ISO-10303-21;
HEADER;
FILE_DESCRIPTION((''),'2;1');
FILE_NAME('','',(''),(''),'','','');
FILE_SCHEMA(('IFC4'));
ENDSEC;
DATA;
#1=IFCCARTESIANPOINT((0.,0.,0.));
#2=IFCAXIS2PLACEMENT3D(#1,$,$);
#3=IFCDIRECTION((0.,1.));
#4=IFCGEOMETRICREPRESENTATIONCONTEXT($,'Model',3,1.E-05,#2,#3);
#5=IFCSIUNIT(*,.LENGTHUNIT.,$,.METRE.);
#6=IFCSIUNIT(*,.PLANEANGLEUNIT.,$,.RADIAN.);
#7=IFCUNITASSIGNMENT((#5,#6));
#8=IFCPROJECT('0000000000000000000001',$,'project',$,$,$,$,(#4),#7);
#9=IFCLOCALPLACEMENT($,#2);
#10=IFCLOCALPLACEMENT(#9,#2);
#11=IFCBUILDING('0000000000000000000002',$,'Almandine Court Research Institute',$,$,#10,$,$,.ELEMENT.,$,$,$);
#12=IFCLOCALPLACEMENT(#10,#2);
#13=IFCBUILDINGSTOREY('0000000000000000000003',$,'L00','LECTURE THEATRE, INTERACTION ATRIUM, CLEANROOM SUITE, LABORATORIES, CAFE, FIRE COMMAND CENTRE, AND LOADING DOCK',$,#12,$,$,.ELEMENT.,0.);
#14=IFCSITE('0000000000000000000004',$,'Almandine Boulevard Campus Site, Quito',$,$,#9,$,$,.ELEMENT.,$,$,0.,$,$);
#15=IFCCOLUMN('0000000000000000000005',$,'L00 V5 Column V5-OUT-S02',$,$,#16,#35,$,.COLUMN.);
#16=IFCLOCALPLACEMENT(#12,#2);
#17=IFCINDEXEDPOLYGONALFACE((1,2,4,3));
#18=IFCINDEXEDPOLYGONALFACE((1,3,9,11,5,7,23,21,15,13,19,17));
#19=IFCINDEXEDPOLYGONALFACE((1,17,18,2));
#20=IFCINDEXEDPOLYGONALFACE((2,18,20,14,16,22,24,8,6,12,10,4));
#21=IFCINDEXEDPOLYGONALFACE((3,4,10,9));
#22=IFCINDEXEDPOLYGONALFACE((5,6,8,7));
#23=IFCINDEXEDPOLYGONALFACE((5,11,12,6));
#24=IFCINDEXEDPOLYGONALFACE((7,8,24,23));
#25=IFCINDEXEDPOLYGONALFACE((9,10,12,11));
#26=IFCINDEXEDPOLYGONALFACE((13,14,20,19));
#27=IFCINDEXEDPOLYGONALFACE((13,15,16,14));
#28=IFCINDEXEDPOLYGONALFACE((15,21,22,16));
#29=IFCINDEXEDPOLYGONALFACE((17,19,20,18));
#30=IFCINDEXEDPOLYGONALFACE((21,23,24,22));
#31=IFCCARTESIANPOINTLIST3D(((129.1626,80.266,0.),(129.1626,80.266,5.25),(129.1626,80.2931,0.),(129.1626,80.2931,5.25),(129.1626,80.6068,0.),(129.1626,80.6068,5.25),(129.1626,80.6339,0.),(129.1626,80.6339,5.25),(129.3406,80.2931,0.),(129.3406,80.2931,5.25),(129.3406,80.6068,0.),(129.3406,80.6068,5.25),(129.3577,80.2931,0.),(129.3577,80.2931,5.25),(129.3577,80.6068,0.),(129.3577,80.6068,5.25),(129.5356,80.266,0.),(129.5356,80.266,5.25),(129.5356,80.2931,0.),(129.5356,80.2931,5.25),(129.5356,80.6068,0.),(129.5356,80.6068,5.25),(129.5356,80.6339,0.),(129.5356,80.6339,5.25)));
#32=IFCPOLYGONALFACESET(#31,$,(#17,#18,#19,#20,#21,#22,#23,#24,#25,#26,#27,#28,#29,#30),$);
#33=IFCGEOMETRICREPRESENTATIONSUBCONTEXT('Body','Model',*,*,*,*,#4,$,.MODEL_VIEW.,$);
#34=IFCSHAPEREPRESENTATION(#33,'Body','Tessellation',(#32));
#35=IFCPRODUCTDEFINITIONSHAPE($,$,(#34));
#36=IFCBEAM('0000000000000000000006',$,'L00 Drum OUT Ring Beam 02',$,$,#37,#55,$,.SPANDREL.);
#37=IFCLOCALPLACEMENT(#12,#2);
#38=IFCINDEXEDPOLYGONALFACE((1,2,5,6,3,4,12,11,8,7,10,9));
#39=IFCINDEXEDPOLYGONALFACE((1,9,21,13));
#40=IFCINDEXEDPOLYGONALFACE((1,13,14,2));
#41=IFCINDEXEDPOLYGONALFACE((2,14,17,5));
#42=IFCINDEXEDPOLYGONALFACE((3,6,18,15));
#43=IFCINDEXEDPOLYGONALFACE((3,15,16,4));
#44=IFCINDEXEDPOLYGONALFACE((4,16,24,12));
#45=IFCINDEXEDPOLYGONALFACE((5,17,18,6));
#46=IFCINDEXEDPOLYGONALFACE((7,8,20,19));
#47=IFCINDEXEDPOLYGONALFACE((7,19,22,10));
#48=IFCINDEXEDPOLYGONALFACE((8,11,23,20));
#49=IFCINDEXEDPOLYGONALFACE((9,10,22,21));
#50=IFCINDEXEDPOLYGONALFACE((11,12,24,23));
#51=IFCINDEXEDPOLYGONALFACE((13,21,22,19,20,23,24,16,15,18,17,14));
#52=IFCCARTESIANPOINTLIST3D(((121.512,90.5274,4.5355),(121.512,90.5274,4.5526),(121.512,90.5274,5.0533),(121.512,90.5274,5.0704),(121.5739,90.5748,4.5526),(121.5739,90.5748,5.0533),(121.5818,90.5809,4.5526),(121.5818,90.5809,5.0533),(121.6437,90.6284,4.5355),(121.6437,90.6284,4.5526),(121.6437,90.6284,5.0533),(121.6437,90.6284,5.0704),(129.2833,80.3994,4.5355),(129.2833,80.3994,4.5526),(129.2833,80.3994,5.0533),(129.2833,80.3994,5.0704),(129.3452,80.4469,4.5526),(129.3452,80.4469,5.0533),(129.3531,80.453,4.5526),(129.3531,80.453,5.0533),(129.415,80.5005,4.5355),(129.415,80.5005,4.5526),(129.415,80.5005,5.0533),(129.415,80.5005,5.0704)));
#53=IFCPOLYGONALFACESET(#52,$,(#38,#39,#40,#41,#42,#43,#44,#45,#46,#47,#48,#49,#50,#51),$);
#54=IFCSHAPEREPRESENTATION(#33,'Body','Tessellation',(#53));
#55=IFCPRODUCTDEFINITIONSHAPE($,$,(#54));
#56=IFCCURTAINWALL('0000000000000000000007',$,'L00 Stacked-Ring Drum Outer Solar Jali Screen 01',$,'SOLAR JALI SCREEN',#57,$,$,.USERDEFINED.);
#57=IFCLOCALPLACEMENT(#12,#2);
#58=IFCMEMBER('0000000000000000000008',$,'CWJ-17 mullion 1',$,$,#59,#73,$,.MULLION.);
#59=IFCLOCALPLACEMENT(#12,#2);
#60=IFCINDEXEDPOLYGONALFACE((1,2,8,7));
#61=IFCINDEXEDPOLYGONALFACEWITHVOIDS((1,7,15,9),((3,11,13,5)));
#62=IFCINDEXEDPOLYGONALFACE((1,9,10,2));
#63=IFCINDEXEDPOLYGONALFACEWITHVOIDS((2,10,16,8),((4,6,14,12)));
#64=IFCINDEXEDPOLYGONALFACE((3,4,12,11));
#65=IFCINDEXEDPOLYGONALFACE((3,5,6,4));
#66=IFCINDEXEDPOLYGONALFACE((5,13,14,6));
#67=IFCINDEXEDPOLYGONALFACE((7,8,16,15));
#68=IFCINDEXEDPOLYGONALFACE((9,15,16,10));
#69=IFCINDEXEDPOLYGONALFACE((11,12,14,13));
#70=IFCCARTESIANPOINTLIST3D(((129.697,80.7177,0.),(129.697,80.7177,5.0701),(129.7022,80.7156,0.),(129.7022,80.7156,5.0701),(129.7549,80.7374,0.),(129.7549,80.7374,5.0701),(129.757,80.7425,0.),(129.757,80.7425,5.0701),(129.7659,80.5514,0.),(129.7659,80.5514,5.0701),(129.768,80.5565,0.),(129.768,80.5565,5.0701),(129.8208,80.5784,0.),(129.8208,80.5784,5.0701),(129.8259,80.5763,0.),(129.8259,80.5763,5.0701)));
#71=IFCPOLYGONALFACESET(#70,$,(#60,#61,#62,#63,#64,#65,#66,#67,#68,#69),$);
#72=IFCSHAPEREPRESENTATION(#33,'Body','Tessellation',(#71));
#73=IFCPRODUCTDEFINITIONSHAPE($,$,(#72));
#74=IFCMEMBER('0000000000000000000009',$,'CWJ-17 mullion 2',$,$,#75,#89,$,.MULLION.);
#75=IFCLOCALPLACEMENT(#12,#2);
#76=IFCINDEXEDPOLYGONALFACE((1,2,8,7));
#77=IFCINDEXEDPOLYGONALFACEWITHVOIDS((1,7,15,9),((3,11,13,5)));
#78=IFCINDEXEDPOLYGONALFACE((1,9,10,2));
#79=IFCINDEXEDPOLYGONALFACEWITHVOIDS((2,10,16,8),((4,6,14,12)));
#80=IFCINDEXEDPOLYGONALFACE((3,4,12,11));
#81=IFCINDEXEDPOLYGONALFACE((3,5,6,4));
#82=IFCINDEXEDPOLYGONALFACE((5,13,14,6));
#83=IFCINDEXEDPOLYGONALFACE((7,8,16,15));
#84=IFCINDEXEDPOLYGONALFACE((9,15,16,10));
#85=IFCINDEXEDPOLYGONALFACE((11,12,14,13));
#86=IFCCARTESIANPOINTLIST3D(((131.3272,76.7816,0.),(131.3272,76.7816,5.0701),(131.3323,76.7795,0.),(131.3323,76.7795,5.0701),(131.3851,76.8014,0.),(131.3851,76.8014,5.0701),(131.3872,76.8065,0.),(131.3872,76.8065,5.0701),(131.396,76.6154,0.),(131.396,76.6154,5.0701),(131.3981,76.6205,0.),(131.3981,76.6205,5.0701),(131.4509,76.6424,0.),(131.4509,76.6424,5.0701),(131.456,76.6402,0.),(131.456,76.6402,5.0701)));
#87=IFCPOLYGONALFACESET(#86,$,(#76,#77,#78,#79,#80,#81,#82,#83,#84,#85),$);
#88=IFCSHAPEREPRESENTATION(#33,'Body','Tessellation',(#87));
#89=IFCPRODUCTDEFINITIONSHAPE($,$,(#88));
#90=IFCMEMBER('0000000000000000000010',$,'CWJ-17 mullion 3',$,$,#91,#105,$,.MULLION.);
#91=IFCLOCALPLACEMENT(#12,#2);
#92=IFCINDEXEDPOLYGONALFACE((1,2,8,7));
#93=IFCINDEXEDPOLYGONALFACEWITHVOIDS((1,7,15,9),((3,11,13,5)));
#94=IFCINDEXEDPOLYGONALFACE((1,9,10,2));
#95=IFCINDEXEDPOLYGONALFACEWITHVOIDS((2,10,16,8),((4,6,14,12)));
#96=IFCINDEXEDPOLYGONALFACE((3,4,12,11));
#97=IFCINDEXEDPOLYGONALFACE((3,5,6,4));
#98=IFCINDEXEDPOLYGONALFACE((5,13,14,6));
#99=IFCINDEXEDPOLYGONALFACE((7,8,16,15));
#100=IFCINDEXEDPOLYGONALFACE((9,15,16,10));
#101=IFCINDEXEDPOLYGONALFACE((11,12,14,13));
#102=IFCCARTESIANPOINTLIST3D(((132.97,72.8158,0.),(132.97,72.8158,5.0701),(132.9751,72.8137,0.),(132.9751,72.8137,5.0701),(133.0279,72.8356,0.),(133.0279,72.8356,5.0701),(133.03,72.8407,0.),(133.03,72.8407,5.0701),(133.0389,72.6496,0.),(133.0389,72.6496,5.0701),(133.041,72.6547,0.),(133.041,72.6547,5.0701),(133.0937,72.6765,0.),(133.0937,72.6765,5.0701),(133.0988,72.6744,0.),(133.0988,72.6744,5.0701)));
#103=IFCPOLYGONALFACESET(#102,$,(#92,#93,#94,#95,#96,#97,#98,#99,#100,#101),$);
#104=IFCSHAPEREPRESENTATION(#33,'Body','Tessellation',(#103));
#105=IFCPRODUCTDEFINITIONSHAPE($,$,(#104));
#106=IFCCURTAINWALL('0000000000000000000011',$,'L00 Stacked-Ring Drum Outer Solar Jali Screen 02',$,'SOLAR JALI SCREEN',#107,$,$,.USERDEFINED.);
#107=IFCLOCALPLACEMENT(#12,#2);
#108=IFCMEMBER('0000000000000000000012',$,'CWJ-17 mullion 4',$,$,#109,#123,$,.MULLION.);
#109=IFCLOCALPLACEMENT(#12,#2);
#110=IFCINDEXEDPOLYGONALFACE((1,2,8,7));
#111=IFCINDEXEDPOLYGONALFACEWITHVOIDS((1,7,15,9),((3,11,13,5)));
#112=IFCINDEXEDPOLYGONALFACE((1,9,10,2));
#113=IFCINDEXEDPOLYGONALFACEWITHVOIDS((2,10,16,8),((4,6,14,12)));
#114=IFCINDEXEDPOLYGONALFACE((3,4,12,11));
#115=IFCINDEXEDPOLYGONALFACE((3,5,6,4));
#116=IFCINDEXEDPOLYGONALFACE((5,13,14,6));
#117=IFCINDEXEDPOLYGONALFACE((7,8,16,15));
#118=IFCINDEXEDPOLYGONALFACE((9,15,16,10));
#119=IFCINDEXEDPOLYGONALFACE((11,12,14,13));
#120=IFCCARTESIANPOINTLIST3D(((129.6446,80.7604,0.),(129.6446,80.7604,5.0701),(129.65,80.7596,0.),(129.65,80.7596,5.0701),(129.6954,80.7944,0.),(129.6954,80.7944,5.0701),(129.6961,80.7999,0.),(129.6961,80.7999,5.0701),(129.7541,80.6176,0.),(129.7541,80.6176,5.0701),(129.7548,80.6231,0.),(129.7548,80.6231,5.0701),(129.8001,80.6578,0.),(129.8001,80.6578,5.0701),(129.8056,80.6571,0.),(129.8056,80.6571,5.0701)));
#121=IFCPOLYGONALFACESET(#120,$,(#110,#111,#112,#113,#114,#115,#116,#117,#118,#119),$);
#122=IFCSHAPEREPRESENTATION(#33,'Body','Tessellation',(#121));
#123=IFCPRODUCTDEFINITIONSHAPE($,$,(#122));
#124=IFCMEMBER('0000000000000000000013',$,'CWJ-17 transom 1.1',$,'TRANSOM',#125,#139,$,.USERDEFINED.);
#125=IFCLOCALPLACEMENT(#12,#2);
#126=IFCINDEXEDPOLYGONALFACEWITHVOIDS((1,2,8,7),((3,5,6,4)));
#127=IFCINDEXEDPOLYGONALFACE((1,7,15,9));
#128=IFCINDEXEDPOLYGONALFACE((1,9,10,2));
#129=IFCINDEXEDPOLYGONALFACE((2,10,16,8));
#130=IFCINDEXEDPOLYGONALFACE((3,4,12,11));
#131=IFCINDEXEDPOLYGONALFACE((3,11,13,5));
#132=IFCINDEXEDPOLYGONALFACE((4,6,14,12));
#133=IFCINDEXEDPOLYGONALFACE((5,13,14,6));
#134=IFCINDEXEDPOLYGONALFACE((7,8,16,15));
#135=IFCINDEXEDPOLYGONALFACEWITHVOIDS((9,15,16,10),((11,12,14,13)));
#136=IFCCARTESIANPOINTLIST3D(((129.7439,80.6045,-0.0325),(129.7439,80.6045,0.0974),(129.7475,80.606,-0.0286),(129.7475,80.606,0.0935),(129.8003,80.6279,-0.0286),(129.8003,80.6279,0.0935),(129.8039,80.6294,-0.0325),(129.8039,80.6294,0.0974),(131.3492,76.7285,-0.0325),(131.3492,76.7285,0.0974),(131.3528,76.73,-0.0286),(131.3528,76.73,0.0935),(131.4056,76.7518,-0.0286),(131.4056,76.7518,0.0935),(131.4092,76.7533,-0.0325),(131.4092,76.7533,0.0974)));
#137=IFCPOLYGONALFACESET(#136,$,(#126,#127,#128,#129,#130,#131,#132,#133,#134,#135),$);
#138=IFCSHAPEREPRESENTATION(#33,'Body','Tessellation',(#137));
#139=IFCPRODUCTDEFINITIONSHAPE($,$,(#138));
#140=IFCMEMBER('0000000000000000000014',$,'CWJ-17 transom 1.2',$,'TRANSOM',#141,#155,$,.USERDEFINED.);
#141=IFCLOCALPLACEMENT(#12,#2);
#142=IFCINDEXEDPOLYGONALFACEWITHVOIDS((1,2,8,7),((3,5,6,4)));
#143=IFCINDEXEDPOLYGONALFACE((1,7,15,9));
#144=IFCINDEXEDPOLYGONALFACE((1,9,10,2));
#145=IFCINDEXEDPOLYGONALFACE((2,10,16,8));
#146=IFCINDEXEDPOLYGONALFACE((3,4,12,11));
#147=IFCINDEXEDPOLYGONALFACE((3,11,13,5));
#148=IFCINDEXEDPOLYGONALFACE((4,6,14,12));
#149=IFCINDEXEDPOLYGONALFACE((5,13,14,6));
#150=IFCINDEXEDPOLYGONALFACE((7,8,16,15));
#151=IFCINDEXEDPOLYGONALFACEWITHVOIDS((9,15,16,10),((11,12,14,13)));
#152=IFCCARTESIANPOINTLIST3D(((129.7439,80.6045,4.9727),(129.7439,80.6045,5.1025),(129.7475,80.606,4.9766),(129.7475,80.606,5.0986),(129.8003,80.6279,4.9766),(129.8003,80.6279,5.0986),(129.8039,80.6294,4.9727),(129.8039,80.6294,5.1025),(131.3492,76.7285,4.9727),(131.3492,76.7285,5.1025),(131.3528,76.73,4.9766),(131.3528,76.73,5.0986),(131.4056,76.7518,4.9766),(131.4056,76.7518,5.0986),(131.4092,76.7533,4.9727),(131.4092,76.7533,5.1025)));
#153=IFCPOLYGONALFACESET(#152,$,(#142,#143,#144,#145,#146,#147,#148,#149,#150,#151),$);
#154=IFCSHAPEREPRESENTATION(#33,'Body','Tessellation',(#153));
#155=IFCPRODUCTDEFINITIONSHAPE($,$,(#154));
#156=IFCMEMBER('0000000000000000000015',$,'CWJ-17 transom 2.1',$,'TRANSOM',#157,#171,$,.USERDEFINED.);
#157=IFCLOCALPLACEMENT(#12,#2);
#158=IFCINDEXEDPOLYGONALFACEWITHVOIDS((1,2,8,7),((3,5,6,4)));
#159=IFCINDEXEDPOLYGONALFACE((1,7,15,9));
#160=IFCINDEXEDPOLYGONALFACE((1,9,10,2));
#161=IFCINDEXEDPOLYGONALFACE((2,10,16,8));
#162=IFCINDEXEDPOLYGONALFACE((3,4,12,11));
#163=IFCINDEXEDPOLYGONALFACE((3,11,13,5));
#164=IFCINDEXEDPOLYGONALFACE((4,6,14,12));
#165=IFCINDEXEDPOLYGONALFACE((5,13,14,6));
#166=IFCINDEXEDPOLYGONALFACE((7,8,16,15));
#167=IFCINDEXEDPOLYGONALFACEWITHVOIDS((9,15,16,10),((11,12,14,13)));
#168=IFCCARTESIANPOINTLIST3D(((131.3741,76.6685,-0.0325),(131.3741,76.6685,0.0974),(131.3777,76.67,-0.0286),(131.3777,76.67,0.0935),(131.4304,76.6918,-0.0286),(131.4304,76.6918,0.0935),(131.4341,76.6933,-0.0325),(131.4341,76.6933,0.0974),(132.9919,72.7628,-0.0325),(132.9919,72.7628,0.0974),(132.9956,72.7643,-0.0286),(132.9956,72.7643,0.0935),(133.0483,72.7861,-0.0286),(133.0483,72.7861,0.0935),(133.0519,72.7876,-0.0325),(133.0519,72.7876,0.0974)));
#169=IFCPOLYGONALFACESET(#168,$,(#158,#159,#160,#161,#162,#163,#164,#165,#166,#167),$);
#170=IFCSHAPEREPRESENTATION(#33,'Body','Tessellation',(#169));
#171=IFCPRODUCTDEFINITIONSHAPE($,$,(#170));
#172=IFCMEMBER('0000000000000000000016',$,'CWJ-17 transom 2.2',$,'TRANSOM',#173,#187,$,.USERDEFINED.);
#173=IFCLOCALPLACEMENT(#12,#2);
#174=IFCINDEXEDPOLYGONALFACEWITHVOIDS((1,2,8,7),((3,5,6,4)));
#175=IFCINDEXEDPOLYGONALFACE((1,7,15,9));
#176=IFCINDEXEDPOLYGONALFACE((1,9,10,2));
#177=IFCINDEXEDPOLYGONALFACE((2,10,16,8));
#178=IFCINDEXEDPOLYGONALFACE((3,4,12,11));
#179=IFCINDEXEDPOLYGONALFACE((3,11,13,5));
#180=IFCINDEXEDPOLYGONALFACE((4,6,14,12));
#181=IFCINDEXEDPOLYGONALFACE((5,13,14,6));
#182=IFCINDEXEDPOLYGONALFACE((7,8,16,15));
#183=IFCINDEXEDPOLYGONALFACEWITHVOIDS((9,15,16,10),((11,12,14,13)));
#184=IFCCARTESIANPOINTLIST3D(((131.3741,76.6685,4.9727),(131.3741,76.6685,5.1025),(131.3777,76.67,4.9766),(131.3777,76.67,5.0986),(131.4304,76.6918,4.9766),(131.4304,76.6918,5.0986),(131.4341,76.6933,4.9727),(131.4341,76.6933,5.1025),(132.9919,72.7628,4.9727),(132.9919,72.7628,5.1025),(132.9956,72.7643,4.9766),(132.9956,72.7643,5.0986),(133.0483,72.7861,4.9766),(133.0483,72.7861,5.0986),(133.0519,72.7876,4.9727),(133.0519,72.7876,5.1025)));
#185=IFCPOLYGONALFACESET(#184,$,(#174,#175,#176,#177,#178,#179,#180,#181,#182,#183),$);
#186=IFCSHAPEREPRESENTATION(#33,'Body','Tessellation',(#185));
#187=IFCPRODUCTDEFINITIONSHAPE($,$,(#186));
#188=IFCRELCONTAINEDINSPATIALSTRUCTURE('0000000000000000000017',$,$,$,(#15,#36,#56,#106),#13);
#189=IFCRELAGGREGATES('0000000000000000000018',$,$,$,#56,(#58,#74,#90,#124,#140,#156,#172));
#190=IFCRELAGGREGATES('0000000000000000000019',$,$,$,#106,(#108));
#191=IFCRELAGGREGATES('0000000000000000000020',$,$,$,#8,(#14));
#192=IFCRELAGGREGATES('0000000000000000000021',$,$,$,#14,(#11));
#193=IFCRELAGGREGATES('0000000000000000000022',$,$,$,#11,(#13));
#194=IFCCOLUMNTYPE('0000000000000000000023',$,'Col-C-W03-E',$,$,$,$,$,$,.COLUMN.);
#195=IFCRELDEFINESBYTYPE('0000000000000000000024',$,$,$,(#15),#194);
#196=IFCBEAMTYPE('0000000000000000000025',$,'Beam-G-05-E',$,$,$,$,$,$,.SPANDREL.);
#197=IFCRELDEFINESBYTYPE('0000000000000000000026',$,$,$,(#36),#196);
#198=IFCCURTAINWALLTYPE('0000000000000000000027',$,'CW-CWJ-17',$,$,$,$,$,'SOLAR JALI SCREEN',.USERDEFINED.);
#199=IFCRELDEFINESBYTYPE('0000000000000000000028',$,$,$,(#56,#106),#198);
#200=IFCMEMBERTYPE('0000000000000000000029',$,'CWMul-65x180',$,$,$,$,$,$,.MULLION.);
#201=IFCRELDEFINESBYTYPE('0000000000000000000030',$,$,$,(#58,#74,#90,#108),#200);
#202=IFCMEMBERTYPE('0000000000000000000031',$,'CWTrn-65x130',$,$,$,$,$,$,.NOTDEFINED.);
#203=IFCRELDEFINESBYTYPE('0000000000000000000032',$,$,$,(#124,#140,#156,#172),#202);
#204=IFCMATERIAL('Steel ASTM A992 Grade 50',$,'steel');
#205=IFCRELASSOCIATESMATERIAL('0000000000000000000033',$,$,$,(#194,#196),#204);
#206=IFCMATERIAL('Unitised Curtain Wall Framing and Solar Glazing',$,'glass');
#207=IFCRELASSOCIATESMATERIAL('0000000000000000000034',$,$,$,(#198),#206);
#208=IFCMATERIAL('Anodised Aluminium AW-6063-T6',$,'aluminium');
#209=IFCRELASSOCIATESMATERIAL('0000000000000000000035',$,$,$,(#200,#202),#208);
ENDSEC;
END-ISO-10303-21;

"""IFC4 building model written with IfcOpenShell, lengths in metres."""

from ifc_helpers import new_model, si_unit, direction, frame, origin, origin_2d, place, context, subcontext, project, spatial, hollow_rectangle, i_section, extrude, material, material_profile, profile_set, type_object, element, aggregate, save


model = new_model("IFC4")

# Units and contexts
model_context = context("Model", 3, precision=1e-05, world=origin(), true_north=direction((0.0, 1.0)))
body_context = subcontext(model_context, "Body", "Model", "MODEL_VIEW")
ifc_project = project(units=[si_unit("LENGTHUNIT", "METRE"), si_unit("PLANEANGLEUNIT", "RADIAN")], contexts=[model_context])

# Site, building, storey
site_placement = place(None, origin())
site = spatial("IfcSite", under=ifc_project, at=site_placement, Name="Almandine Boulevard Campus Site, Quito", CompositionType="ELEMENT", RefElevation=0.0)
building_placement = place(site_placement, origin())
building = spatial("IfcBuilding", under=site, at=building_placement, Name="Almandine Court Research Institute", CompositionType="ELEMENT")
storey_placement = place(building_placement, origin())
storey = spatial("IfcBuildingStorey", under=building, at=storey_placement, Name="L00", Description="LECTURE THEATRE, INTERACTION ATRIUM, CLEANROOM SUITE, LABORATORIES, CAFE, FIRE COMMAND CENTRE, AND LOADING DOCK", CompositionType="ELEMENT", Elevation=0.0)

# Column
ifc_material_1 = material(Name="Steel ASTM A992 Grade 50", Category="steel")
ifc_material_profile_1 = material_profile(ifc_material_1, i_section(OverallWidth=0.373, OverallDepth=0.3679, WebThickness=0.0171, FlangeThickness=0.0271, at=origin_2d()), Name="W360x179")
ifc_profile_set_1 = profile_set([ifc_material_profile_1], Name="Steel ASTM A992 Grade 50")
column_type = type_object("IfcColumnType", Name="Col-C-W03-E", PredefinedType="COLUMN", material=ifc_profile_set_1)
column_placement = place(storey_placement, frame((129.3491, 80.45, 0.0), z_axis=(0.0, 0.0, 1.0), x_axis=(1.0, 0.0, 0.0)))
element("IfcColumn", 1, at=column_placement, inside=storey, type_object=column_type, Name="L00 V5 Column V5-OUT-S02", PredefinedType="COLUMN", context=body_context, shape_type="SweptSolid", body=[
    extrude(i_section(OverallWidth=0.373, OverallDepth=0.3679, WebThickness=0.0171, FlangeThickness=0.0271, at=origin_2d()), origin(), (0.0, 0.0, 1.0), 5.25),
])

# Beam
ifc_material_profile_2 = material_profile(ifc_material_1, i_section(OverallWidth=0.166, OverallDepth=0.5349, WebThickness=0.01, FlangeThickness=0.0171, at=origin_2d()), Name="W530x85")
ifc_profile_set_2 = profile_set([ifc_material_profile_2], Name="Steel ASTM A992 Grade 50")
beam_type = type_object("IfcBeamType", Name="Beam-G-05-E", PredefinedType="SPANDREL", material=ifc_profile_set_2)
beam_placement = place(storey_placement, frame((129.3491, 80.45, 4.803), z_axis=(-0.608752, 0.793361, 0.0), x_axis=(-0.793361, -0.608752, 0.0)))
element("IfcBeam", 2, at=beam_placement, inside=storey, type_object=beam_type, Name="L00 Drum OUT Ring Beam 02", PredefinedType="SPANDREL", context=body_context, shape_type="SweptSolid", body=[
    extrude(i_section(OverallWidth=0.166, OverallDepth=0.5349, WebThickness=0.01, FlangeThickness=0.0171, at=origin_2d()), origin(), (0.0, 0.0, 1.0), 12.7659),
])

# Curtain wall, members
ifc_material_2 = material(Name="Unitised Curtain Wall Framing and Solar Glazing", Category="glass")
curtain_wall_type = type_object("IfcCurtainWallType", Name="CW-CWJ-17", ElementType="SOLAR JALI SCREEN", PredefinedType="USERDEFINED", material=ifc_material_2)
curtain_wall_1_placement = place(storey_placement, origin())
curtain_wall_1 = element("IfcCurtainWall", 3, at=curtain_wall_1_placement, inside=storey, type_object=curtain_wall_type, Name="L00 Stacked-Ring Drum Outer Solar Jali Screen 01", ObjectType="SOLAR JALI SCREEN", PredefinedType="USERDEFINED")
ifc_material_3 = material(Name="Anodised Aluminium AW-6063-T6", Category="aluminium")
ifc_material_profile_3 = material_profile(ifc_material_3, hollow_rectangle(XDim=0.0649, YDim=0.1799, WallThickness=0.0039, at=origin_2d()), Name="ALU RHS 65x180x4")
ifc_profile_set_3 = profile_set([ifc_material_profile_3], Name="Anodised Aluminium AW-6063-T6")
member_type_1 = type_object("IfcMemberType", Name="CWMul-65x180", PredefinedType="MULLION", material=ifc_profile_set_3)
member_1_placement = place(storey_placement, frame((129.7615, 80.647, 0.0), z_axis=(0.0, 0.0, 1.0), x_axis=(0.923888, 0.382663, 0.0)))
member_1 = element("IfcMember", 4, at=member_1_placement, type_object=member_type_1, Name="CWJ-17 mullion 1", PredefinedType="MULLION", context=body_context, shape_type="SweptSolid", body=[
    extrude(hollow_rectangle(XDim=0.0649, YDim=0.1799, WallThickness=0.0039, at=origin_2d()), origin(), (0.0, 0.0, 1.0), 5.0701),
])
member_2_placement = place(storey_placement, frame((131.3916, 76.7109, 0.0), z_axis=(0.0, 0.0, 1.0), x_axis=(0.923888, 0.382663, 0.0)))
member_2 = element("IfcMember", 5, at=member_2_placement, type_object=member_type_1, Name="CWJ-17 mullion 2", PredefinedType="MULLION", context=body_context, shape_type="SweptSolid", body=[
    extrude(hollow_rectangle(XDim=0.0649, YDim=0.1799, WallThickness=0.0039, at=origin_2d()), origin(), (0.0, 0.0, 1.0), 5.0701),
])
member_3_placement = place(storey_placement, frame((133.0344, 72.7451, 0.0), z_axis=(0.0, 0.0, 1.0), x_axis=(0.923888, 0.382663, 0.0)))
member_3 = element("IfcMember", 6, at=member_3_placement, type_object=member_type_1, Name="CWJ-17 mullion 3", PredefinedType="MULLION", context=body_context, shape_type="SweptSolid", body=[
    extrude(hollow_rectangle(XDim=0.0649, YDim=0.1799, WallThickness=0.0039, at=origin_2d()), origin(), (0.0, 0.0, 1.0), 5.0701),
])

# Curtain wall, member
curtain_wall_2_placement = place(storey_placement, origin())
curtain_wall_2 = element("IfcCurtainWall", 7, at=curtain_wall_2_placement, inside=storey, type_object=curtain_wall_type, Name="L00 Stacked-Ring Drum Outer Solar Jali Screen 02", ObjectType="SOLAR JALI SCREEN", PredefinedType="USERDEFINED")
member_4_placement = place(storey_placement, frame((129.7251, 80.7087, 0.0), z_axis=(0.0, 0.0, 1.0), x_axis=(0.793383, 0.608723, 0.0)))
member_4 = element("IfcMember", 8, at=member_4_placement, type_object=member_type_1, Name="CWJ-17 mullion 4", PredefinedType="MULLION", context=body_context, shape_type="SweptSolid", body=[
    extrude(hollow_rectangle(XDim=0.0649, YDim=0.1799, WallThickness=0.0039, at=origin_2d()), origin(), (0.0, 0.0, 1.0), 5.0701),
])

# Members
ifc_material_profile_4 = material_profile(ifc_material_3, hollow_rectangle(XDim=0.0649, YDim=0.1299, WallThickness=0.0039, at=origin_2d()), Name="ALU RHS 65x130x4")
ifc_profile_set_4 = profile_set([ifc_material_profile_4], Name="Anodised Aluminium AW-6063-T6")
member_type_2 = type_object("IfcMemberType", Name="CWTrn-65x130", PredefinedType="NOTDEFINED", material=ifc_profile_set_4)
member_5_placement = place(storey_placement, frame((129.7739, 80.6169, 0.0325), z_axis=(0.382631, -0.923901, 0.0), x_axis=(0.923901, 0.382631, 0.0)))
member_5 = element("IfcMember", 9, at=member_5_placement, type_object=member_type_2, Name="CWJ-17 transom 1.1", ObjectType="TRANSOM", PredefinedType="USERDEFINED", context=body_context, shape_type="SweptSolid", body=[
    extrude(hollow_rectangle(XDim=0.0649, YDim=0.1299, WallThickness=0.0039, at=origin_2d()), origin(), (0.0, 0.0, 1.0), 4.1953),
])
member_6_placement = place(storey_placement, frame((129.7739, 80.6169, 5.0376), z_axis=(0.382631, -0.923901, 0.0), x_axis=(0.923901, 0.382631, 0.0)))
member_6 = element("IfcMember", 10, at=member_6_placement, type_object=member_type_2, Name="CWJ-17 transom 1.2", ObjectType="TRANSOM", PredefinedType="USERDEFINED", context=body_context, shape_type="SweptSolid", body=[
    extrude(hollow_rectangle(XDim=0.0649, YDim=0.1299, WallThickness=0.0039, at=origin_2d()), origin(), (0.0, 0.0, 1.0), 4.1953),
])
member_7_placement = place(storey_placement, frame((131.4041, 76.6809, 0.0325), z_axis=(0.382704, -0.923871, 0.0), x_axis=(0.923871, 0.382704, 0.0)))
member_7 = element("IfcMember", 11, at=member_7_placement, type_object=member_type_2, Name="CWJ-17 transom 2.1", ObjectType="TRANSOM", PredefinedType="USERDEFINED", context=body_context, shape_type="SweptSolid", body=[
    extrude(hollow_rectangle(XDim=0.0649, YDim=0.1299, WallThickness=0.0039, at=origin_2d()), origin(), (0.0, 0.0, 1.0), 4.2275),
])
member_8_placement = place(storey_placement, frame((131.4041, 76.6809, 5.0376), z_axis=(0.382704, -0.923871, 0.0), x_axis=(0.923871, 0.382704, 0.0)))
member_8 = element("IfcMember", 12, at=member_8_placement, type_object=member_type_2, Name="CWJ-17 transom 2.2", ObjectType="TRANSOM", PredefinedType="USERDEFINED", context=body_context, shape_type="SweptSolid", body=[
    extrude(hollow_rectangle(XDim=0.0649, YDim=0.1299, WallThickness=0.0039, at=origin_2d()), origin(), (0.0, 0.0, 1.0), 4.2275),
])

aggregate(curtain_wall_1, [member_1, member_2, member_3, member_5, member_6, member_7, member_8])
aggregate(curtain_wall_2, [member_4])

save(model, "model.ifc")
